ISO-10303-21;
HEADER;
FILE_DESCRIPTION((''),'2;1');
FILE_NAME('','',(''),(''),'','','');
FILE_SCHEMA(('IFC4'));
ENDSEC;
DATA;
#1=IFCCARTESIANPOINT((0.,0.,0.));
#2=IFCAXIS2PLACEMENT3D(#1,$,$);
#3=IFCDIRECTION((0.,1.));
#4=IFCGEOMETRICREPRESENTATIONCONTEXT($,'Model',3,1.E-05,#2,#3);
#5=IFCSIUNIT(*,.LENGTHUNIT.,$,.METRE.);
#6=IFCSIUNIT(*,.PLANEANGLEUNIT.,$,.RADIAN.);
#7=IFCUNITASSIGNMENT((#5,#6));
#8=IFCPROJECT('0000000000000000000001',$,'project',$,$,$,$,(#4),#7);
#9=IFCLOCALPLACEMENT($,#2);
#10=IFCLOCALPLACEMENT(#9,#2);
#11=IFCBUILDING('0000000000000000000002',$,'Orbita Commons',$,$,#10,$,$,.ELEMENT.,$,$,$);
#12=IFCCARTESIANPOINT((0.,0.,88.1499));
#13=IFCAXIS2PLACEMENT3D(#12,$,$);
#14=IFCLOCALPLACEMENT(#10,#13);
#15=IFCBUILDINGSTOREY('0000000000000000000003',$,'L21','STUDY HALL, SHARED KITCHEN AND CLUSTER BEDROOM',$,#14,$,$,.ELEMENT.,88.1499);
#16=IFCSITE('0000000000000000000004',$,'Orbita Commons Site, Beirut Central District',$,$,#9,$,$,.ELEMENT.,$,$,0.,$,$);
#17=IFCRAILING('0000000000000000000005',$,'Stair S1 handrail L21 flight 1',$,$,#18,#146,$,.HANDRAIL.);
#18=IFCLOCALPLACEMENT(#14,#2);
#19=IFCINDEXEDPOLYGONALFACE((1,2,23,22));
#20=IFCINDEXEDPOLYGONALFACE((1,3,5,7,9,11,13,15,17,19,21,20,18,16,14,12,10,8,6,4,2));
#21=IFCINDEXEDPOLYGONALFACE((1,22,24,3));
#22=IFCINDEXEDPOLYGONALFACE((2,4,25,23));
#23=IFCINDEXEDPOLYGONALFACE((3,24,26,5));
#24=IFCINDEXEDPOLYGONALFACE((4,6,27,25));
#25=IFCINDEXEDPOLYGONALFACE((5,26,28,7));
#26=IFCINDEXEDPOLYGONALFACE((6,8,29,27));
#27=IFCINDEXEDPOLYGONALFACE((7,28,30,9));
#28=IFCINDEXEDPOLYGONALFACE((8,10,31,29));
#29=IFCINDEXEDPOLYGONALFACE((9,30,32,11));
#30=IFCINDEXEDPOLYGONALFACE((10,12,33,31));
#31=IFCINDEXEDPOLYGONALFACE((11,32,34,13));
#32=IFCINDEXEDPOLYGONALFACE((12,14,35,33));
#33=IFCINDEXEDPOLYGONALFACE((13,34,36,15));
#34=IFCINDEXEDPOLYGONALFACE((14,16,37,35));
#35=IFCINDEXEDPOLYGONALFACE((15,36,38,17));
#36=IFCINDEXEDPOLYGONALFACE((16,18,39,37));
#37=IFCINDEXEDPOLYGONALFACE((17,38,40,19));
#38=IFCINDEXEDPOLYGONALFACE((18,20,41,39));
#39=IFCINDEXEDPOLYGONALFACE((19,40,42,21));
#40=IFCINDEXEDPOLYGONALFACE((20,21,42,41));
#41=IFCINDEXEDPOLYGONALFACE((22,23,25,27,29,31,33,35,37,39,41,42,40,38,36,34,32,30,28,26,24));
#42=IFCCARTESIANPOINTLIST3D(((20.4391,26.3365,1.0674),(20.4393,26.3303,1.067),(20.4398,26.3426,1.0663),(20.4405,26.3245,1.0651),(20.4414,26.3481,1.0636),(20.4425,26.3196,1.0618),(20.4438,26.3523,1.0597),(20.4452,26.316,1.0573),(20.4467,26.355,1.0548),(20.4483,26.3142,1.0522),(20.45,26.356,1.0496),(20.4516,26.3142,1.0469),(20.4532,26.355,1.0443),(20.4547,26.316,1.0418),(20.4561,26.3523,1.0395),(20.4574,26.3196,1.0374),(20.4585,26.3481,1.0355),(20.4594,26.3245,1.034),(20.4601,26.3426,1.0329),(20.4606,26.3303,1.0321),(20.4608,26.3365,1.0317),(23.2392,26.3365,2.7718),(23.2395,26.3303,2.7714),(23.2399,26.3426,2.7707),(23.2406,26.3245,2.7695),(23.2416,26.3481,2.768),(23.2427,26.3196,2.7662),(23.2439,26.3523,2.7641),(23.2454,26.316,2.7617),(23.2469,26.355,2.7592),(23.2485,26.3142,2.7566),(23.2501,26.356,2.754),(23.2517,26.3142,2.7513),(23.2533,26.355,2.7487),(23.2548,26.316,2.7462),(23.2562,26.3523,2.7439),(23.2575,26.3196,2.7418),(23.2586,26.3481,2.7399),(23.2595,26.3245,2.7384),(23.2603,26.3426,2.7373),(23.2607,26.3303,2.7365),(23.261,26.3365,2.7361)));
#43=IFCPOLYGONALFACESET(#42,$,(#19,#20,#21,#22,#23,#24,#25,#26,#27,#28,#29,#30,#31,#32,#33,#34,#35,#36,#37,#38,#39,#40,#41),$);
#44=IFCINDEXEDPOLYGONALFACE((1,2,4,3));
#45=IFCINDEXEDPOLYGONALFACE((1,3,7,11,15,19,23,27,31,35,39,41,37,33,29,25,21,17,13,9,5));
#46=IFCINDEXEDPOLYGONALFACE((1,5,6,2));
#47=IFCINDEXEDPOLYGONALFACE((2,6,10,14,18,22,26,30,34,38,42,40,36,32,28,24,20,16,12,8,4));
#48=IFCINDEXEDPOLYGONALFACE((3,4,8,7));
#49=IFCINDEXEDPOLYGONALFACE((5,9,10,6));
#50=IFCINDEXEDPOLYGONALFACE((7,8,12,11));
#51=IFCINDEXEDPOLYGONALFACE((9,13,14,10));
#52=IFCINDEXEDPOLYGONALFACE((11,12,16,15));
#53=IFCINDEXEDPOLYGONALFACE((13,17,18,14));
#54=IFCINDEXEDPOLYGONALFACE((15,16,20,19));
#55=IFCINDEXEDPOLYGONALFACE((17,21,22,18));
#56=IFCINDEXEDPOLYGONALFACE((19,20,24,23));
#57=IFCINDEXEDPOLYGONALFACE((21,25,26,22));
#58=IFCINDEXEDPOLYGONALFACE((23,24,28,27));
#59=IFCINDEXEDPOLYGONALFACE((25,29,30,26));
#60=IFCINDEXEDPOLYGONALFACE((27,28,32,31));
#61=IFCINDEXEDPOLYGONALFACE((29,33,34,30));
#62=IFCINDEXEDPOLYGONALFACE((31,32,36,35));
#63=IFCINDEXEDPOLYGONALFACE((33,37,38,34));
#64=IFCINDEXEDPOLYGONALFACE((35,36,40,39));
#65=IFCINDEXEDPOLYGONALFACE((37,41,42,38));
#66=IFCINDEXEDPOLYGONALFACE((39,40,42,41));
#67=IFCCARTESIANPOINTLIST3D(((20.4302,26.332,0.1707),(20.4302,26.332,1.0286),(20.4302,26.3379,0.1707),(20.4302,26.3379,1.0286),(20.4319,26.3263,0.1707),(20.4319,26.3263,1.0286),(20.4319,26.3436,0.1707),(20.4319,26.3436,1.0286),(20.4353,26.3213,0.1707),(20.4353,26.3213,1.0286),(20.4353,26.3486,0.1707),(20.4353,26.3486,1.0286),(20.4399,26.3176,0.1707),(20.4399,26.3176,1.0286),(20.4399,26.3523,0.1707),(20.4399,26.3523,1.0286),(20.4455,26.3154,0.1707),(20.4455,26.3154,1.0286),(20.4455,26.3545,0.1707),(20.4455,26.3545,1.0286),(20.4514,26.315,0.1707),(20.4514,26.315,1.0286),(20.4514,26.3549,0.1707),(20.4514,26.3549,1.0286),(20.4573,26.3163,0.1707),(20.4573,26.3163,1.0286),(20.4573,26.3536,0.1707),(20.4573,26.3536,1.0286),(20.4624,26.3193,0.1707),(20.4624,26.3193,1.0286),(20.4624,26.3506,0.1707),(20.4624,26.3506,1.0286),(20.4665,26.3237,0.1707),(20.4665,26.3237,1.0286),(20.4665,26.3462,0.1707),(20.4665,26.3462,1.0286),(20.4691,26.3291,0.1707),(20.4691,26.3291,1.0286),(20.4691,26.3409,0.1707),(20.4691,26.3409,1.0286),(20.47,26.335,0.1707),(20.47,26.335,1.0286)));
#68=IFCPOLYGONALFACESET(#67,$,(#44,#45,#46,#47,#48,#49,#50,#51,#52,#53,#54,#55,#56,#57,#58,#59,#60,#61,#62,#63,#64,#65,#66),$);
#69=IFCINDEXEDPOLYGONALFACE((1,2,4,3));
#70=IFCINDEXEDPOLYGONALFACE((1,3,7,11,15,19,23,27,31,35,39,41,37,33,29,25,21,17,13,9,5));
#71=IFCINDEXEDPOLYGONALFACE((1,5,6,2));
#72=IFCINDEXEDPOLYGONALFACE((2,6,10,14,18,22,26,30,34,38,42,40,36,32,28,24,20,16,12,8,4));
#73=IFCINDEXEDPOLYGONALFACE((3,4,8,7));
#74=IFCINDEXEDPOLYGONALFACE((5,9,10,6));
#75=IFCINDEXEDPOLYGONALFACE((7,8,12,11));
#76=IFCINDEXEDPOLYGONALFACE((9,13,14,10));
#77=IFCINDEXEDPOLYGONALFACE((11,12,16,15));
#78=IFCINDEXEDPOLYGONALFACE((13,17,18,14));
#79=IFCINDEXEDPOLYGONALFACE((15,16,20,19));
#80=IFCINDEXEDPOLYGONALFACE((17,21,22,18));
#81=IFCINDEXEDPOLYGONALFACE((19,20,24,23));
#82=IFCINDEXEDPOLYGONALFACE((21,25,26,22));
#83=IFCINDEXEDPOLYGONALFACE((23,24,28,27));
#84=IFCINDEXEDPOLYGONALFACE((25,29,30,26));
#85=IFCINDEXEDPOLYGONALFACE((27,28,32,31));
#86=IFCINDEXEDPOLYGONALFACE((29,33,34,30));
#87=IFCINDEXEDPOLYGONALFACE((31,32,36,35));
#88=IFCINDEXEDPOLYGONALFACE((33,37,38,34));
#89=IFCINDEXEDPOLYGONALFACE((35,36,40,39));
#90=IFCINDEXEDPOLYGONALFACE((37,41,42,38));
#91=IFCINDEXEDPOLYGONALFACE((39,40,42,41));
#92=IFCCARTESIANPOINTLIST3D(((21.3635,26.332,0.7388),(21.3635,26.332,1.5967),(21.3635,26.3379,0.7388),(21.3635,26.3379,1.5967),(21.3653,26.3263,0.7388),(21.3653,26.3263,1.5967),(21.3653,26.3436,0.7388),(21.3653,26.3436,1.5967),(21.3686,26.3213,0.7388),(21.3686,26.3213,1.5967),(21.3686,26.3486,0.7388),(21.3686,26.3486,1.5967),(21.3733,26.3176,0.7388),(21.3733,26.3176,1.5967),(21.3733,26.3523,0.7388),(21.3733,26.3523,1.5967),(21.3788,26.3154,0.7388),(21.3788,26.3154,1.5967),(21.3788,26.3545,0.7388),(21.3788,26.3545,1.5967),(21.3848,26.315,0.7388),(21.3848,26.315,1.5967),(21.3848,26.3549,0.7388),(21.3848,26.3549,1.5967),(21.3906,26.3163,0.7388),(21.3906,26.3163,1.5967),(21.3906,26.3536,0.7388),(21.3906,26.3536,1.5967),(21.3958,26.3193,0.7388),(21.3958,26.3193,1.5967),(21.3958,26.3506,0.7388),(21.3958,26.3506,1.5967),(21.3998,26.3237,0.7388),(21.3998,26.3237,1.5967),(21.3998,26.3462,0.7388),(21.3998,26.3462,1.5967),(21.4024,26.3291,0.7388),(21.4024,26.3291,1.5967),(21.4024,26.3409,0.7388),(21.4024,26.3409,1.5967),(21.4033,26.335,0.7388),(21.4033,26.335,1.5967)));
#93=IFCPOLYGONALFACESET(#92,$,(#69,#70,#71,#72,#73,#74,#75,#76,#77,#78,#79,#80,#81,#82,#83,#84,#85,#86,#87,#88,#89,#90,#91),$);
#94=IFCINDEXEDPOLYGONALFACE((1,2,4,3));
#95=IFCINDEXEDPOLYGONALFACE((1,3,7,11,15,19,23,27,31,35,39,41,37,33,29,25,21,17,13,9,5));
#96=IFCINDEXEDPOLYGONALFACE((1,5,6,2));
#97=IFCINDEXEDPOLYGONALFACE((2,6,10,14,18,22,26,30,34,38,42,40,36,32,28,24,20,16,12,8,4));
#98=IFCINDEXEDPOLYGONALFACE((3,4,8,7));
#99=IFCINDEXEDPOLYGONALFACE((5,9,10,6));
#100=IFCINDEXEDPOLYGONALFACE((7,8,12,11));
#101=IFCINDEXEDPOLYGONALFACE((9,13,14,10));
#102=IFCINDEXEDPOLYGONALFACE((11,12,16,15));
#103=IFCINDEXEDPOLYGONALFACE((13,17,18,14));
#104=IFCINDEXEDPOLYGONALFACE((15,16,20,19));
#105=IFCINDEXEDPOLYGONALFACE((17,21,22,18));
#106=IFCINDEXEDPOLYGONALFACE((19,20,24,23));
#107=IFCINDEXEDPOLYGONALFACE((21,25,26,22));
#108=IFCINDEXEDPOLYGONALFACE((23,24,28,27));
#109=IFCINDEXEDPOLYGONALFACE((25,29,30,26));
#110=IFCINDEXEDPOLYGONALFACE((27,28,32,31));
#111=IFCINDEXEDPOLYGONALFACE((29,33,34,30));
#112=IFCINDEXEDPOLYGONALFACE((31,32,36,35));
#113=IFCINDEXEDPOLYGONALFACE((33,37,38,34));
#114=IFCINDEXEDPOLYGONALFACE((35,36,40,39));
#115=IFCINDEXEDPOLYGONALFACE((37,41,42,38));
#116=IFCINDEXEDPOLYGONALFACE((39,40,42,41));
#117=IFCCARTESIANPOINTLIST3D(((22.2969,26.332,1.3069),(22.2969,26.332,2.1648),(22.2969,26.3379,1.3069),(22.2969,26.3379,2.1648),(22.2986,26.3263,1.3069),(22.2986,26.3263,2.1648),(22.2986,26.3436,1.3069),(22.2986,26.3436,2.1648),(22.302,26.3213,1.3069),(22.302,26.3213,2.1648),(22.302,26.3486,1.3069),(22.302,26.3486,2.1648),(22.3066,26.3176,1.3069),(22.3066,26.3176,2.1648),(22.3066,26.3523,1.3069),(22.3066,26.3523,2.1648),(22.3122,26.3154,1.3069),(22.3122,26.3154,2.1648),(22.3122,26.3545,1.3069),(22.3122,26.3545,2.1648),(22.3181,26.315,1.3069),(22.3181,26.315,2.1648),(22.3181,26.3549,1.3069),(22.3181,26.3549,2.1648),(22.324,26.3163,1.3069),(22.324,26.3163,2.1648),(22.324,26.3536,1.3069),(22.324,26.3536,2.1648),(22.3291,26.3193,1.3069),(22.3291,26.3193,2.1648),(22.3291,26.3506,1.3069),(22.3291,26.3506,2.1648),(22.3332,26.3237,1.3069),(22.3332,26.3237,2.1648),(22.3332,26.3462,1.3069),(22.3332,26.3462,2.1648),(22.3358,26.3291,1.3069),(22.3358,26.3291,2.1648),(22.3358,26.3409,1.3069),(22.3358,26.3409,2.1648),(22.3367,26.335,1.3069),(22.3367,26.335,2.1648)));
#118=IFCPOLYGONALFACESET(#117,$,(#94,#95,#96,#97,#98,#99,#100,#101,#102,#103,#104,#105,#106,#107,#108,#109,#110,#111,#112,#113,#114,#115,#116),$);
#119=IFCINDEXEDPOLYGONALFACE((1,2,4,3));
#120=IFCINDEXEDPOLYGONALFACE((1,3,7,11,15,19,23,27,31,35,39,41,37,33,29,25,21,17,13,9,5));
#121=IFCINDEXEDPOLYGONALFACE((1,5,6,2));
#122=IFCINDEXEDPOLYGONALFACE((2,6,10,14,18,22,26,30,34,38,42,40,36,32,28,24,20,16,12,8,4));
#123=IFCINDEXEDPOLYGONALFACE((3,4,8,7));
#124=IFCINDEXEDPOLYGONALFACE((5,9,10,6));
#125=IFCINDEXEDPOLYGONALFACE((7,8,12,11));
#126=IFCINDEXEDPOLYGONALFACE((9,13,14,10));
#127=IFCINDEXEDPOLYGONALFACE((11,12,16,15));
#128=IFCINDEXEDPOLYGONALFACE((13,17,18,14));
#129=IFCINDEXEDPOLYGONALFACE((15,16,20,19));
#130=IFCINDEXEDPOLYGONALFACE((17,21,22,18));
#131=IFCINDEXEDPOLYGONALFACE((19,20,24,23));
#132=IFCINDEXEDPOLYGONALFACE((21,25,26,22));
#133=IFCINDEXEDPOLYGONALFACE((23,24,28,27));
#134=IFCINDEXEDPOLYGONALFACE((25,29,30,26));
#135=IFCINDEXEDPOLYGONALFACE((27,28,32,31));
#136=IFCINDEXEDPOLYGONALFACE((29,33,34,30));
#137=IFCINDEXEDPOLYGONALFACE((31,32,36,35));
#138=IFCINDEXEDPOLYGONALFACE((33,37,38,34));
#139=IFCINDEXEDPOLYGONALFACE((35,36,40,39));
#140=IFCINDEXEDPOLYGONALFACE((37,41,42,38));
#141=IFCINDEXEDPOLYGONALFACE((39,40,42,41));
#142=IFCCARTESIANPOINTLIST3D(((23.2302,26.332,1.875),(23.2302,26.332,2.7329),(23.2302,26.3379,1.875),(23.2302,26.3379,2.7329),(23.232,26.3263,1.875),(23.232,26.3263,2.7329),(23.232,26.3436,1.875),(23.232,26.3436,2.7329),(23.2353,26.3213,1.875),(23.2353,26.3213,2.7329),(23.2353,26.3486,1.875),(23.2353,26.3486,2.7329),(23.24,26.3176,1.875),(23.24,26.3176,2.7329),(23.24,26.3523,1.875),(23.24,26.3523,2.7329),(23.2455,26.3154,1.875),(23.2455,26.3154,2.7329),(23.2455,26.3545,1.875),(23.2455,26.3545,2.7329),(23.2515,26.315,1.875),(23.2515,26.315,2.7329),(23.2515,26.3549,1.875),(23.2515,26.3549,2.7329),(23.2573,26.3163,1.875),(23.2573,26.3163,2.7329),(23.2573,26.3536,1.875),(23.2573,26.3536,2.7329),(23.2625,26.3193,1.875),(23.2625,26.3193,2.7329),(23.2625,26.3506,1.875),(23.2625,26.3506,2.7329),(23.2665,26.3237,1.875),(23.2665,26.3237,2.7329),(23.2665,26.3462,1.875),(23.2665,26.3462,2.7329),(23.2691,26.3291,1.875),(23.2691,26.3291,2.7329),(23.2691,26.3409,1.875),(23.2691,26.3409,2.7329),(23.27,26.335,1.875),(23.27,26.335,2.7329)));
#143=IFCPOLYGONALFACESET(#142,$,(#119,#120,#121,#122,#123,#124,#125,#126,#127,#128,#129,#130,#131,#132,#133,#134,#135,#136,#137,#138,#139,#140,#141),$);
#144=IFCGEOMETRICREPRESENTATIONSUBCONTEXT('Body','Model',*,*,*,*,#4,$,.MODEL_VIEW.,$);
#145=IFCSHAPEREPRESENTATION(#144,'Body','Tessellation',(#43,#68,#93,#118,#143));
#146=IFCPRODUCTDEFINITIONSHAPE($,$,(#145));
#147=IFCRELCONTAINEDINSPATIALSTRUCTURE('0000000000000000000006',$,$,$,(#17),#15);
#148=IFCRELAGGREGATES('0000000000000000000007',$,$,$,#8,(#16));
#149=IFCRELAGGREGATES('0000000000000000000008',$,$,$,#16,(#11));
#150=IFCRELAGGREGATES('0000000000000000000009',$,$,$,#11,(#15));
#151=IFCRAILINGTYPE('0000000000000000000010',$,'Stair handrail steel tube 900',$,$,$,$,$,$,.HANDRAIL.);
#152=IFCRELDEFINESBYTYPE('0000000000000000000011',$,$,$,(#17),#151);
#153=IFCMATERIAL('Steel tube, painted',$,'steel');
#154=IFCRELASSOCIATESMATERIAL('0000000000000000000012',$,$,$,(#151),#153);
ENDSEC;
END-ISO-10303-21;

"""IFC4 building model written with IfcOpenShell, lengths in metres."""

from ifc_helpers import new_model, si_unit, direction, frame, origin, origin_2d, place, context, subcontext, project, spatial, circle, extrude, material, type_object, element, save


model = new_model("IFC4")

# Units and contexts
model_context = context("Model", 3, precision=1e-05, world=origin(), true_north=direction((0.0, 1.0)))
body_context = subcontext(model_context, "Body", "Model", "MODEL_VIEW")
ifc_project = project(units=[si_unit("LENGTHUNIT", "METRE"), si_unit("PLANEANGLEUNIT", "RADIAN")], contexts=[model_context])

# Site, building, storey
site_placement = place(None, origin())
site = spatial("IfcSite", under=ifc_project, at=site_placement, Name="Orbita Commons Site, Beirut Central District", CompositionType="ELEMENT", RefElevation=0.0)
building_placement = place(site_placement, origin())
building = spatial("IfcBuilding", under=site, at=building_placement, Name="Orbita Commons", CompositionType="ELEMENT")
storey_placement = place(building_placement, frame((0.0, 0.0, 88.1499)))
storey = spatial("IfcBuildingStorey", under=building, at=storey_placement, Name="L21", Description="STUDY HALL, SHARED KITCHEN AND CLUSTER BEDROOM", CompositionType="ELEMENT", Elevation=88.1499)

# Railing
ifc_material = material(Name="Steel tube, painted", Category="steel")
railing_type = type_object("IfcRailingType", Name="Stair handrail steel tube 900", PredefinedType="HANDRAIL", material=ifc_material)
for number, where, name in (
    (1, (20.45, 26.335, 0.1707), "Stair S1 handrail L21 flight 1"),
):
    element("IfcRailing", number, at=place(storey_placement, frame(where)), inside=storey, type_object=railing_type, Name=name, PredefinedType="HANDRAIL", context=body_context, shape_type="SweptSolid", body=[
        extrude(circle(Radius=0.021, at=origin_2d()), frame((0.0, 0.0, 0.8789), z_axis=(0.854203, 0.0, 0.51994), x_axis=(0.0, 1.0, 0.0)), (0.0, 0.0, 1.0), 3.2781),
        extrude(circle(Radius=0.02, at=origin_2d()), origin(), (0.0, 0.0, 1.0), 0.8579),
        extrude(circle(Radius=0.02, at=origin_2d()), frame((0.9333, 0.0, 0.5681)), (0.0, 0.0, 1.0), 0.8579),
        extrude(circle(Radius=0.02, at=origin_2d()), frame((1.8667, 0.0, 1.1362)), (0.0, 0.0, 1.0), 0.8579),
        extrude(circle(Radius=0.02, at=origin_2d()), frame((2.8, 0.0, 1.7043)), (0.0, 0.0, 1.0), 0.8579),
    ])

save(model, "model.ifc")
